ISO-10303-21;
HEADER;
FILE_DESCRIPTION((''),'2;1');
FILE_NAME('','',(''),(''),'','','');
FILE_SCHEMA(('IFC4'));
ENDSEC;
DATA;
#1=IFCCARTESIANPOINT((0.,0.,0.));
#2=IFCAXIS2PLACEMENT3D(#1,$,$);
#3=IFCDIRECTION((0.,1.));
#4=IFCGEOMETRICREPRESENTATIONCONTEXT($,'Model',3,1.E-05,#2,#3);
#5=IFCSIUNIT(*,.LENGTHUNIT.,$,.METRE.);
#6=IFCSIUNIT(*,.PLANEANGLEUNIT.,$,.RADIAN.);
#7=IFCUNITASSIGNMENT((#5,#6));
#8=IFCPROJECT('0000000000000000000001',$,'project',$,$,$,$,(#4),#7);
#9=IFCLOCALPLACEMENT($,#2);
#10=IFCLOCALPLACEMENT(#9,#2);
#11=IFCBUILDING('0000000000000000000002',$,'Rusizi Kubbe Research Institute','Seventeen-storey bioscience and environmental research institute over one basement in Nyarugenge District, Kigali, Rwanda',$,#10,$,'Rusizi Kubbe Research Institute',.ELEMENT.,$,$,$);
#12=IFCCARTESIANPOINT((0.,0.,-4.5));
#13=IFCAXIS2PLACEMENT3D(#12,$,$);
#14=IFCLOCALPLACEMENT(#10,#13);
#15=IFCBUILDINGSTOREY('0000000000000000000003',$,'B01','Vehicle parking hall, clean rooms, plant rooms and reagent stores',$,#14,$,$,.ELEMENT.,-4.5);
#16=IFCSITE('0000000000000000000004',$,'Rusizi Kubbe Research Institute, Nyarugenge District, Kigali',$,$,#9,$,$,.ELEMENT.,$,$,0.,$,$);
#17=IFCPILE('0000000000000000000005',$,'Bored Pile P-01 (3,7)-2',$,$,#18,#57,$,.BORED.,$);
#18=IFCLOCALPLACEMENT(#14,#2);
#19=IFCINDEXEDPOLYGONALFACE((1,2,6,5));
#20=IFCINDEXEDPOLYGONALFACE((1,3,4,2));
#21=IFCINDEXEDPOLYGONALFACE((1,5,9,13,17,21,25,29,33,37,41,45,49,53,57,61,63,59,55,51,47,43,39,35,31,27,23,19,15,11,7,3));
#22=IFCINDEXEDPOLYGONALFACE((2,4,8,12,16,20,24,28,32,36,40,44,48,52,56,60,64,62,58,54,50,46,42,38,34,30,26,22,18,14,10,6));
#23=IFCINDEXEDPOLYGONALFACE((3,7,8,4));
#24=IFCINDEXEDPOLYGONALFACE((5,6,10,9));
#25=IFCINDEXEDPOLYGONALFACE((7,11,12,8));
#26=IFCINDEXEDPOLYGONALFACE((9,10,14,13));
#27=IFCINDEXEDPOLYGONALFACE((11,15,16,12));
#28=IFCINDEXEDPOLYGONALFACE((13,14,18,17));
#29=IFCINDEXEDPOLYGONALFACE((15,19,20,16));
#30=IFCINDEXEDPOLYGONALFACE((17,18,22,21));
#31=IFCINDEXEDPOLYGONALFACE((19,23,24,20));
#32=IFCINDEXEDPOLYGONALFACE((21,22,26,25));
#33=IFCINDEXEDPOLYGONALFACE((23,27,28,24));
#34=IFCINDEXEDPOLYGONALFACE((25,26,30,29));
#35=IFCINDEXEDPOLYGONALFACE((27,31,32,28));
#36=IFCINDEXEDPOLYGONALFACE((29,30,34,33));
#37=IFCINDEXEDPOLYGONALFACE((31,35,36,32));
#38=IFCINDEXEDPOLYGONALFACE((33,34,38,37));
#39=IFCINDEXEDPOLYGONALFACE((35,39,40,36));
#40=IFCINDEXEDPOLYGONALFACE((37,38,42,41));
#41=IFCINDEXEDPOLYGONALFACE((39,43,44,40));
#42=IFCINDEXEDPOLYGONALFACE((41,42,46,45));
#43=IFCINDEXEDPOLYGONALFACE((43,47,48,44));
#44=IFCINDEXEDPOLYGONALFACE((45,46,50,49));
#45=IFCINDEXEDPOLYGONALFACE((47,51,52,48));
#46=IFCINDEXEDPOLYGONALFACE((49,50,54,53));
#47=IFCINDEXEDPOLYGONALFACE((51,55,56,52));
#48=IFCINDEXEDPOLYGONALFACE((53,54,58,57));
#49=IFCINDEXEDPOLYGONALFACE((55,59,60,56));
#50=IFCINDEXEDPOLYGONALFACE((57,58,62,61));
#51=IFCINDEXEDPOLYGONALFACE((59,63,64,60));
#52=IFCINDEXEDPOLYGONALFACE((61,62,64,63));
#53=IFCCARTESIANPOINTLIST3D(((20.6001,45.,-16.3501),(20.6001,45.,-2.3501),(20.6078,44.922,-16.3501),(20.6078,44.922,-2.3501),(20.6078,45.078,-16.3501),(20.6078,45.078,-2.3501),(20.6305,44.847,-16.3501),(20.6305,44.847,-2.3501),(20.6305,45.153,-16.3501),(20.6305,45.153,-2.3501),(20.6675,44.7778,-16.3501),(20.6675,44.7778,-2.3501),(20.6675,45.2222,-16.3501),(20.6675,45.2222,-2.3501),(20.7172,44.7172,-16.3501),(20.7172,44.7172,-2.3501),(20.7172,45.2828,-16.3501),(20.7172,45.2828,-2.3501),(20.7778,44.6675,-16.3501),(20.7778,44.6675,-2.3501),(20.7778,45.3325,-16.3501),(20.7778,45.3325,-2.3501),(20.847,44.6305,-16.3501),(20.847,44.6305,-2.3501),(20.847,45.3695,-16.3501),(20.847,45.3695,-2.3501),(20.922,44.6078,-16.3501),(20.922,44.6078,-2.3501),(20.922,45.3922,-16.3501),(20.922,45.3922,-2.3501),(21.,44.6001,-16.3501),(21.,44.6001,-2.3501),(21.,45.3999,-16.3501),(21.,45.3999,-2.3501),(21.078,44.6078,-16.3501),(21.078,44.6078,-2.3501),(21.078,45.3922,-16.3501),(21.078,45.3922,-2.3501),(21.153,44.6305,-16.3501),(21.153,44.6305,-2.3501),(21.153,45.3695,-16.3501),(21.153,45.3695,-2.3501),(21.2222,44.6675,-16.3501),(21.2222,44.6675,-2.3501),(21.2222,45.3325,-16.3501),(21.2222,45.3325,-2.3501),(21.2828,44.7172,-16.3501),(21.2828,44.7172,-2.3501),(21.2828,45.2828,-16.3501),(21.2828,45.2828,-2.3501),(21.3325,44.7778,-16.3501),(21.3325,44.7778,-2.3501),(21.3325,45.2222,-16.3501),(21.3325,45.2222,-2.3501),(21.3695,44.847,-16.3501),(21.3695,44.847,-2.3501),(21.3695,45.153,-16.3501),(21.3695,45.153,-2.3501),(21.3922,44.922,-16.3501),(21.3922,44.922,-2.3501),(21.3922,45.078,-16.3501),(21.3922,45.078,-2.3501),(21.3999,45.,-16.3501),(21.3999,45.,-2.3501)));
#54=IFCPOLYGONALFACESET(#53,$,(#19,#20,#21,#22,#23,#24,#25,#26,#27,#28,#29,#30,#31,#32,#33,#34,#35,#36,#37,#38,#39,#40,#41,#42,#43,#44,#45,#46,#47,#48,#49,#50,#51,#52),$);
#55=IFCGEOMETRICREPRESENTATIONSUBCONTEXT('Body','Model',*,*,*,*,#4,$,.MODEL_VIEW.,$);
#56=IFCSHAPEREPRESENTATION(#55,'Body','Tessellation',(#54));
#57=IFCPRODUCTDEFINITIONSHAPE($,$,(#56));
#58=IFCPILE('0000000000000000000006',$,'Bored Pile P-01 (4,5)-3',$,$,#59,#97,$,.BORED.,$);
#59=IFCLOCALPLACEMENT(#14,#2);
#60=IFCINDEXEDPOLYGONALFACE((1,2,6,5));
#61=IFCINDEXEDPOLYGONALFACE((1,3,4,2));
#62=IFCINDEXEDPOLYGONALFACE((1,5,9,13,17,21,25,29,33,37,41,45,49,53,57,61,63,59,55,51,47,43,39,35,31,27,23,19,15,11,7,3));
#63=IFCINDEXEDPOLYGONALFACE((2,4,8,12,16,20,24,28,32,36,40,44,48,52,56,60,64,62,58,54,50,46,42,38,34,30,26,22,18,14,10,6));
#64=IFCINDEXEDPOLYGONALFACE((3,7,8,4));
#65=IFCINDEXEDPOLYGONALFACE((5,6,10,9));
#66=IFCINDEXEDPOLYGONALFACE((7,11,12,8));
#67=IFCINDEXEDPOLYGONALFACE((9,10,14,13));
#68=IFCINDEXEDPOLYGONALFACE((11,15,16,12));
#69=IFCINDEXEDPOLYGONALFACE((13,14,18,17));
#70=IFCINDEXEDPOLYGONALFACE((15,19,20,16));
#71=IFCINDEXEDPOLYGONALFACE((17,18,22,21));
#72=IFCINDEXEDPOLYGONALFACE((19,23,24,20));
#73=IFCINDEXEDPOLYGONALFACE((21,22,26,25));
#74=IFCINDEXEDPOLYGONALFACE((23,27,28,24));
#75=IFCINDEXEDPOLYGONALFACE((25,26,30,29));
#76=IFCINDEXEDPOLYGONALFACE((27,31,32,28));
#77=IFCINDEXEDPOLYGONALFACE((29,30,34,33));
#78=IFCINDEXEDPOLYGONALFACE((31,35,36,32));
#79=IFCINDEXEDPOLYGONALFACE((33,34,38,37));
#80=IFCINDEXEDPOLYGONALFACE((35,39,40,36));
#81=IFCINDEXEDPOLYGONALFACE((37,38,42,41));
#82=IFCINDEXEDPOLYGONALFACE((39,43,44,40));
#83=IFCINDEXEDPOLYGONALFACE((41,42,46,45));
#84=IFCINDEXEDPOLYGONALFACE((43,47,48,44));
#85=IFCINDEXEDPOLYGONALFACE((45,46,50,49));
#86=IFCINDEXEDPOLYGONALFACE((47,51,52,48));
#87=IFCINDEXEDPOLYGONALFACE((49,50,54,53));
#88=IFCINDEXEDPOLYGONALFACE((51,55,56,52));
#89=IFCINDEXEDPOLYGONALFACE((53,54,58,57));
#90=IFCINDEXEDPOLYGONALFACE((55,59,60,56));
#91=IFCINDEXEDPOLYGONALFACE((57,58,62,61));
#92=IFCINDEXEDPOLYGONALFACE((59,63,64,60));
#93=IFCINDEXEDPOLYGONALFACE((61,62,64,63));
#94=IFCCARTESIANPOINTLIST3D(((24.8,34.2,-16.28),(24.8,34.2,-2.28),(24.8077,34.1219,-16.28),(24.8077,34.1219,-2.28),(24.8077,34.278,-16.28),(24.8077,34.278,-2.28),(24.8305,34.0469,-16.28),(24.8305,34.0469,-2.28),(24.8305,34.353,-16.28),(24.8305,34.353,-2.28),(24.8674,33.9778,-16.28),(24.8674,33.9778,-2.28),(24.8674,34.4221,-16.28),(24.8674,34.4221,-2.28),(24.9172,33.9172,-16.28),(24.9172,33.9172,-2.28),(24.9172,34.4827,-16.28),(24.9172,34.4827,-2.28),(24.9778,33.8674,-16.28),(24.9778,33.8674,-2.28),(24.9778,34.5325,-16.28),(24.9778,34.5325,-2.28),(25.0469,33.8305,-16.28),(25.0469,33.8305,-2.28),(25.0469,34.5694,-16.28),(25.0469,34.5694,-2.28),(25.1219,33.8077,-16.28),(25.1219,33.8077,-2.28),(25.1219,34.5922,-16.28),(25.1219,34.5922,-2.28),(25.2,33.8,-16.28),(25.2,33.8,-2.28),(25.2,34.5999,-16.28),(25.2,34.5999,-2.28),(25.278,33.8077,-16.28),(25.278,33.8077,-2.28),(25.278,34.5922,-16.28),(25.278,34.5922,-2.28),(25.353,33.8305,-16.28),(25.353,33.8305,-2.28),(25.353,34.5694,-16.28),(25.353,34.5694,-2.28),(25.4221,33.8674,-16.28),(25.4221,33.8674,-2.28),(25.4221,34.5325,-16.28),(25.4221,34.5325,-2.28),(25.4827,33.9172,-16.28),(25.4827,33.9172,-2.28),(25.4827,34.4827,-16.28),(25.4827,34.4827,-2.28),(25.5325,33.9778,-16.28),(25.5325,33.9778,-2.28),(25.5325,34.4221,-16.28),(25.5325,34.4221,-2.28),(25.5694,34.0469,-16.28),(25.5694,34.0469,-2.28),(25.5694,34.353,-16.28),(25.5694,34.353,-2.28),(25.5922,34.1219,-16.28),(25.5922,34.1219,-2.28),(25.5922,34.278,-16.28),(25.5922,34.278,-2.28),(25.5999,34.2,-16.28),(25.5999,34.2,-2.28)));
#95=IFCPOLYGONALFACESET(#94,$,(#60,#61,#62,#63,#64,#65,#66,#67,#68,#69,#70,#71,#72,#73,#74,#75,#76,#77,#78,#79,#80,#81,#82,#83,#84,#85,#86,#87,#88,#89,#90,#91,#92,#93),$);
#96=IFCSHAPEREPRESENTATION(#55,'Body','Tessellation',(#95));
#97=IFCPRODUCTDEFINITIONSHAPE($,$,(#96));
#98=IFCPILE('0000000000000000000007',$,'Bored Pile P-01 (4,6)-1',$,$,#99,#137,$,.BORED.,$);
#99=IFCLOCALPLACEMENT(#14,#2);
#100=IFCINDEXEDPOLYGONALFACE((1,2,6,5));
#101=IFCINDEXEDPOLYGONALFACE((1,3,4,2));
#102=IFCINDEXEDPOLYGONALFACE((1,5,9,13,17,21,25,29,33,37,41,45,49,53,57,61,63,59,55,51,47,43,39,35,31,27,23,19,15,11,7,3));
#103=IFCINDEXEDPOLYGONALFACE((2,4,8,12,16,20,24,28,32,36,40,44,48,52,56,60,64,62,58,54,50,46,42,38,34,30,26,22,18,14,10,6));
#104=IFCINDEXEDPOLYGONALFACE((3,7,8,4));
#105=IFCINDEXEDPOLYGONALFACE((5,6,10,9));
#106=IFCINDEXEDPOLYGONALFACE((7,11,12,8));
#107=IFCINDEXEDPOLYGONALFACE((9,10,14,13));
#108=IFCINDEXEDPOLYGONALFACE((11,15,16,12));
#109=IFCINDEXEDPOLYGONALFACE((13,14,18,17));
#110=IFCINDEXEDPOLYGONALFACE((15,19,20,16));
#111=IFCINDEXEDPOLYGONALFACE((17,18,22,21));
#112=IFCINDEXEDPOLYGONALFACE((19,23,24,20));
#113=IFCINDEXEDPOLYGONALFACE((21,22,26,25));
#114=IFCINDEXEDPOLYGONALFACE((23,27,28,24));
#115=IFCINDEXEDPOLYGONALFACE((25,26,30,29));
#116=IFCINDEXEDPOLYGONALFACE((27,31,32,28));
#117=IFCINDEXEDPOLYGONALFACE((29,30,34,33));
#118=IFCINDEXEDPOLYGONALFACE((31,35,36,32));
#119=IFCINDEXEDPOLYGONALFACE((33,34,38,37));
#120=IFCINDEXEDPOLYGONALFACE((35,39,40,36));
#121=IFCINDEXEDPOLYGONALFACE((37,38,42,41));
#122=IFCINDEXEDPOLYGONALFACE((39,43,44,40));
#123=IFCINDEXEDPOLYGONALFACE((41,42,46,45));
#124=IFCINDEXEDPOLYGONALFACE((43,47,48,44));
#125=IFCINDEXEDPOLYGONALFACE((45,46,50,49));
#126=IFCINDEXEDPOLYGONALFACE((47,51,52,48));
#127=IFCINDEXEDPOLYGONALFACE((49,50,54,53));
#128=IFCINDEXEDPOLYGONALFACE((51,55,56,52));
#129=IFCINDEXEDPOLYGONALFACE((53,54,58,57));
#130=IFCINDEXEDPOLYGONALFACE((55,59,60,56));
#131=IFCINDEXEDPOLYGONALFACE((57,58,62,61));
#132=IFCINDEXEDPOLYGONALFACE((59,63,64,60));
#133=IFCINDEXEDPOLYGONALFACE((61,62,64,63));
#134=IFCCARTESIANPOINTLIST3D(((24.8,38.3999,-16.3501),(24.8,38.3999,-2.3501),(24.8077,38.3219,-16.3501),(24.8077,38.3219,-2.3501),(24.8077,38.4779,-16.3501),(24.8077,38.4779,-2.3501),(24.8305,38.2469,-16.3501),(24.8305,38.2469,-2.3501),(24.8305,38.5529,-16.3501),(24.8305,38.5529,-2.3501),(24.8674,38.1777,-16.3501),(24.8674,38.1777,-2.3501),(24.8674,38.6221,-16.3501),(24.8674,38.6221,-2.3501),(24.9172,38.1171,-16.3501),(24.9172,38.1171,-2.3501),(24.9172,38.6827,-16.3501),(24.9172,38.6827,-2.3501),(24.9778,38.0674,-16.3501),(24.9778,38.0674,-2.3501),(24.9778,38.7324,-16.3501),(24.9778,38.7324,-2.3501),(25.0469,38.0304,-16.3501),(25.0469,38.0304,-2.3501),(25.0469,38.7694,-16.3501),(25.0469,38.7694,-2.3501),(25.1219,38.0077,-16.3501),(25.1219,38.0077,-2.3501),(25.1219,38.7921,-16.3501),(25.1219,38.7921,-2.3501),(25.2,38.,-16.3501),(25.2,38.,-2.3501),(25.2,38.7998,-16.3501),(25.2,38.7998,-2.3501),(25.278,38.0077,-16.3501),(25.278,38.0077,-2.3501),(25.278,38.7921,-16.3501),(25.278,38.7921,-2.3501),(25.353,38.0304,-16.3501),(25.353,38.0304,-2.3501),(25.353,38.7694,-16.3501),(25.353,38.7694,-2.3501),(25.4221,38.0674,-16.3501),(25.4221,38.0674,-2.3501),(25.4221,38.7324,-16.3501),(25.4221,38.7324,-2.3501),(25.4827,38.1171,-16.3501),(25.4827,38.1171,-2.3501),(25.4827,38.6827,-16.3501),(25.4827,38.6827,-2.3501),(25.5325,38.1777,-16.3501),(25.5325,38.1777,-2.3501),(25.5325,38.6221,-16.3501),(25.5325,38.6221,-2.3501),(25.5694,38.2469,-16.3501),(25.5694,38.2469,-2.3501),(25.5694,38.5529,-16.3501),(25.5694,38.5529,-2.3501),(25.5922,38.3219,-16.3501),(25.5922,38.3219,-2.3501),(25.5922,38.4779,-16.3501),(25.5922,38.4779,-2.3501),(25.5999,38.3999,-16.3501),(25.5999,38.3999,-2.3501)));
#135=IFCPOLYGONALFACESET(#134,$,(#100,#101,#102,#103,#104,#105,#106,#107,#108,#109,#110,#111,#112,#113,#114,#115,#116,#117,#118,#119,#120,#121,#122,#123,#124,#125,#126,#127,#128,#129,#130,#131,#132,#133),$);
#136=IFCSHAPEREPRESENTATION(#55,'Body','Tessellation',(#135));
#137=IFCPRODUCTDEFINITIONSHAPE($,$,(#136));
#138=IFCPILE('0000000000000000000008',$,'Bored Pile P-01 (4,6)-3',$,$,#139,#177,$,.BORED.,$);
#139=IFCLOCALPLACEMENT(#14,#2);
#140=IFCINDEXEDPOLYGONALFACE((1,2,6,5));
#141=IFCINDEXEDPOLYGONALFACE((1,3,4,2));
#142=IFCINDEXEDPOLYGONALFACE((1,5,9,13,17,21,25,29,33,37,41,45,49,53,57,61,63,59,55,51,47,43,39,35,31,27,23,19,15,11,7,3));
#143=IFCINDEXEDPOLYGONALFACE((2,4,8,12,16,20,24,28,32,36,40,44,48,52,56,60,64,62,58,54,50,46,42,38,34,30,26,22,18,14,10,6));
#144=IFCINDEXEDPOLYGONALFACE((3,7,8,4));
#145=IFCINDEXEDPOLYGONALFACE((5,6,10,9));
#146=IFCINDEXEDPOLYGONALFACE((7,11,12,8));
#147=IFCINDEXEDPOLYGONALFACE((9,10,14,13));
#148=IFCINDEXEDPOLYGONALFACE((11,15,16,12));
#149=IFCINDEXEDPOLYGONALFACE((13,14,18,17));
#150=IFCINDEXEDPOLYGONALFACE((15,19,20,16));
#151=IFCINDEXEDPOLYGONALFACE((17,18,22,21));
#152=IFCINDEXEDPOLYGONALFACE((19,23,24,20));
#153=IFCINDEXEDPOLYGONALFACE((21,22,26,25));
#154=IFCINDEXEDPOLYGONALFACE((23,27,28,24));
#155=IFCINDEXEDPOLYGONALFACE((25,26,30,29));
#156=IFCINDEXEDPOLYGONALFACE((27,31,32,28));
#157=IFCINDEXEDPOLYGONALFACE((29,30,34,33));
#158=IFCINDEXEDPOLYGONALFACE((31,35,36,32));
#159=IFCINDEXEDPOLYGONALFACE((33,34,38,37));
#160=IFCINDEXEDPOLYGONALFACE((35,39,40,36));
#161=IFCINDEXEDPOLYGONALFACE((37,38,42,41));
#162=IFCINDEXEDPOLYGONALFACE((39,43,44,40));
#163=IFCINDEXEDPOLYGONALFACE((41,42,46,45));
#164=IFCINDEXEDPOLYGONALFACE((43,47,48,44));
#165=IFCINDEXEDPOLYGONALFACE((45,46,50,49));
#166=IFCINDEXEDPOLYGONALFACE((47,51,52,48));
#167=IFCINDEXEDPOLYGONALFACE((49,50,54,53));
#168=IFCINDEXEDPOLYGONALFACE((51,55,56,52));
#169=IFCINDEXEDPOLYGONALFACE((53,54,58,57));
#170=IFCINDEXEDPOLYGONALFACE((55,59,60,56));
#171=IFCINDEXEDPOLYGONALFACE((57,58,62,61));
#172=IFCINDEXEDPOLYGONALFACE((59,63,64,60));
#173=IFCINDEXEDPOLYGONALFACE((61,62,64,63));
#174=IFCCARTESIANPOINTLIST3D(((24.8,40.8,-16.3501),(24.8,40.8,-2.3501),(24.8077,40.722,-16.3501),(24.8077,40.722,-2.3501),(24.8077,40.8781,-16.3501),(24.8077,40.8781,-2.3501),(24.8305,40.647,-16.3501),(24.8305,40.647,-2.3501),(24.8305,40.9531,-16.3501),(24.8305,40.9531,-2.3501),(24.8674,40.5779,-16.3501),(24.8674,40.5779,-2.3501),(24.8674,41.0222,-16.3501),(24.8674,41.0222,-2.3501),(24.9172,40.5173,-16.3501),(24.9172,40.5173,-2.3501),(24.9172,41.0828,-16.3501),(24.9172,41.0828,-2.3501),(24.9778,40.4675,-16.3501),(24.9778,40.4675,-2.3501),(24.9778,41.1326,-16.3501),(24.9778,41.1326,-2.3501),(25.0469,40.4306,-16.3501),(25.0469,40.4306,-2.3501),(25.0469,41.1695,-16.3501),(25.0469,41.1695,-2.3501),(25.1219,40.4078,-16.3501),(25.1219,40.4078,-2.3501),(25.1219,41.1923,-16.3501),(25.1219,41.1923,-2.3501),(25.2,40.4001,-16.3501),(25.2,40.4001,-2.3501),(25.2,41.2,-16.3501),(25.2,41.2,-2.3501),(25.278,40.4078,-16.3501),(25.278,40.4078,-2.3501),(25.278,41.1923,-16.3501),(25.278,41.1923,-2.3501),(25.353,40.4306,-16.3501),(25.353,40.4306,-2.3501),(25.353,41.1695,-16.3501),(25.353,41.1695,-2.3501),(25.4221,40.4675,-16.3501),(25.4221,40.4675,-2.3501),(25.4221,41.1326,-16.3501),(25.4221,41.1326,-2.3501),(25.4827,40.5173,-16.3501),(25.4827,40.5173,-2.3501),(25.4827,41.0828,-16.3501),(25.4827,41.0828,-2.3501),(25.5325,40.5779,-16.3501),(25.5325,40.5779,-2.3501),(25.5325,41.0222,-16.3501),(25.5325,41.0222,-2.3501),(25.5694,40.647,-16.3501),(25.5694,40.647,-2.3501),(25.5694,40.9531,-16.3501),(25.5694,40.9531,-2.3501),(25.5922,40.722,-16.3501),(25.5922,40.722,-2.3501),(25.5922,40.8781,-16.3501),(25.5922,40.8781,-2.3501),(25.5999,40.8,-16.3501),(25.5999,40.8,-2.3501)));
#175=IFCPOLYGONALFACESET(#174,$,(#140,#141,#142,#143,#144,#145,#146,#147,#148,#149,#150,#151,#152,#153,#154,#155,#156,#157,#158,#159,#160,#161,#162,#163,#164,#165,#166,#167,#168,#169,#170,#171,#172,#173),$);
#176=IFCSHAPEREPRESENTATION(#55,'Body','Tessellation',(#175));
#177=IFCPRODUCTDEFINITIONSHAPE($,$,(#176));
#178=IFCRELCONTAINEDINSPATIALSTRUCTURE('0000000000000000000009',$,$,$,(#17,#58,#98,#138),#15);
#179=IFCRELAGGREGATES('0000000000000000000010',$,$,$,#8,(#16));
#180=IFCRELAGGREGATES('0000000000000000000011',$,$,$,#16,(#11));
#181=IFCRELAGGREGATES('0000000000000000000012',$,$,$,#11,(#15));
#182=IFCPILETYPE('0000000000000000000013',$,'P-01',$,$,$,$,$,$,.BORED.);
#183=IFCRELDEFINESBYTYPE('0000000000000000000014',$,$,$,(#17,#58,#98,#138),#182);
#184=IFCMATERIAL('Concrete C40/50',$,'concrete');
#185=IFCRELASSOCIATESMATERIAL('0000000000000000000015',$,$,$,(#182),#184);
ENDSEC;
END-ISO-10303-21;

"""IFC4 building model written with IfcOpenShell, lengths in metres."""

from ifc_helpers import new_model, si_unit, direction, frame, origin, origin_2d, place, context, subcontext, project, spatial, circle, extrude, material, material_profile, profile_set, type_object, element, save


model = new_model("IFC4")

# Units and contexts
model_context = context("Model", 3, precision=1e-05, world=origin(), true_north=direction((0.0, 1.0)))
body_context = subcontext(model_context, "Body", "Model", "MODEL_VIEW")
ifc_project = project(units=[si_unit("LENGTHUNIT", "METRE"), si_unit("PLANEANGLEUNIT", "RADIAN")], contexts=[model_context])

# Site, building, storey
site_placement = place(None, origin())
site = spatial("IfcSite", under=ifc_project, at=site_placement, Name="Rusizi Kubbe Research Institute, Nyarugenge District, Kigali", CompositionType="ELEMENT", RefElevation=0.0)
building_placement = place(site_placement, origin())
building = spatial("IfcBuilding", under=site, at=building_placement, Name="Rusizi Kubbe Research Institute", Description="Seventeen-storey bioscience and environmental research institute over one basement in Nyarugenge District, Kigali, Rwanda", LongName="Rusizi Kubbe Research Institute", CompositionType="ELEMENT")
storey_placement = place(building_placement, frame((0.0, 0.0, -4.5)))
storey = spatial("IfcBuildingStorey", under=building, at=storey_placement, Name="B01", Description="Vehicle parking hall, clean rooms, plant rooms and reagent stores", CompositionType="ELEMENT", Elevation=-4.5)

# Piles
ifc_material_1 = material(Name="Concrete C40/50", Category="concrete")
ifc_material_profile_1 = material_profile(ifc_material_1, circle(Radius=0.3999, at=origin_2d()), Name="PILE-D800")
ifc_profile_set_1 = profile_set([ifc_material_profile_1], Name="Concrete C40/50")
pile_type_1 = type_object("IfcPileType", Name="P-01", PredefinedType="BORED", material=ifc_profile_set_1)
for number, where, z_axis, x_axis, name in (
    (1, (21.0, 45.0, -2.3501), (0.0, 0.0, -1.0), (1.0, 0.0, 0.0), "Bored Pile P-01 (3,7)-2"),
    (2, (25.2, 34.2, -2.28), (0.0, 0.0, -1.0), (1.0, 0.0, 0.0), "Bored Pile P-01 (4,5)-3"),
    (3, (25.2, 38.3999, -2.3501), (0.0, 0.0, -1.0), (1.0, 0.0, 0.0), "Bored Pile P-01 (4,6)-1"),
    (4, (25.2, 40.8, -2.3501), (0.0, 0.0, -1.0), (1.0, 0.0, 0.0), "Bored Pile P-01 (4,6)-3"),
):
    element("IfcPile", number, at=place(storey_placement, frame(where, z_axis=z_axis, x_axis=x_axis)), inside=storey, type_object=pile_type_1, Name=name, PredefinedType="BORED", context=body_context, shape_type="SweptSolid", body=[
        extrude(circle(Radius=0.3999, at=origin_2d()), origin(), (0.0, 0.0, 1.0), 14.0),
    ])

save(model, "model.ifc")
